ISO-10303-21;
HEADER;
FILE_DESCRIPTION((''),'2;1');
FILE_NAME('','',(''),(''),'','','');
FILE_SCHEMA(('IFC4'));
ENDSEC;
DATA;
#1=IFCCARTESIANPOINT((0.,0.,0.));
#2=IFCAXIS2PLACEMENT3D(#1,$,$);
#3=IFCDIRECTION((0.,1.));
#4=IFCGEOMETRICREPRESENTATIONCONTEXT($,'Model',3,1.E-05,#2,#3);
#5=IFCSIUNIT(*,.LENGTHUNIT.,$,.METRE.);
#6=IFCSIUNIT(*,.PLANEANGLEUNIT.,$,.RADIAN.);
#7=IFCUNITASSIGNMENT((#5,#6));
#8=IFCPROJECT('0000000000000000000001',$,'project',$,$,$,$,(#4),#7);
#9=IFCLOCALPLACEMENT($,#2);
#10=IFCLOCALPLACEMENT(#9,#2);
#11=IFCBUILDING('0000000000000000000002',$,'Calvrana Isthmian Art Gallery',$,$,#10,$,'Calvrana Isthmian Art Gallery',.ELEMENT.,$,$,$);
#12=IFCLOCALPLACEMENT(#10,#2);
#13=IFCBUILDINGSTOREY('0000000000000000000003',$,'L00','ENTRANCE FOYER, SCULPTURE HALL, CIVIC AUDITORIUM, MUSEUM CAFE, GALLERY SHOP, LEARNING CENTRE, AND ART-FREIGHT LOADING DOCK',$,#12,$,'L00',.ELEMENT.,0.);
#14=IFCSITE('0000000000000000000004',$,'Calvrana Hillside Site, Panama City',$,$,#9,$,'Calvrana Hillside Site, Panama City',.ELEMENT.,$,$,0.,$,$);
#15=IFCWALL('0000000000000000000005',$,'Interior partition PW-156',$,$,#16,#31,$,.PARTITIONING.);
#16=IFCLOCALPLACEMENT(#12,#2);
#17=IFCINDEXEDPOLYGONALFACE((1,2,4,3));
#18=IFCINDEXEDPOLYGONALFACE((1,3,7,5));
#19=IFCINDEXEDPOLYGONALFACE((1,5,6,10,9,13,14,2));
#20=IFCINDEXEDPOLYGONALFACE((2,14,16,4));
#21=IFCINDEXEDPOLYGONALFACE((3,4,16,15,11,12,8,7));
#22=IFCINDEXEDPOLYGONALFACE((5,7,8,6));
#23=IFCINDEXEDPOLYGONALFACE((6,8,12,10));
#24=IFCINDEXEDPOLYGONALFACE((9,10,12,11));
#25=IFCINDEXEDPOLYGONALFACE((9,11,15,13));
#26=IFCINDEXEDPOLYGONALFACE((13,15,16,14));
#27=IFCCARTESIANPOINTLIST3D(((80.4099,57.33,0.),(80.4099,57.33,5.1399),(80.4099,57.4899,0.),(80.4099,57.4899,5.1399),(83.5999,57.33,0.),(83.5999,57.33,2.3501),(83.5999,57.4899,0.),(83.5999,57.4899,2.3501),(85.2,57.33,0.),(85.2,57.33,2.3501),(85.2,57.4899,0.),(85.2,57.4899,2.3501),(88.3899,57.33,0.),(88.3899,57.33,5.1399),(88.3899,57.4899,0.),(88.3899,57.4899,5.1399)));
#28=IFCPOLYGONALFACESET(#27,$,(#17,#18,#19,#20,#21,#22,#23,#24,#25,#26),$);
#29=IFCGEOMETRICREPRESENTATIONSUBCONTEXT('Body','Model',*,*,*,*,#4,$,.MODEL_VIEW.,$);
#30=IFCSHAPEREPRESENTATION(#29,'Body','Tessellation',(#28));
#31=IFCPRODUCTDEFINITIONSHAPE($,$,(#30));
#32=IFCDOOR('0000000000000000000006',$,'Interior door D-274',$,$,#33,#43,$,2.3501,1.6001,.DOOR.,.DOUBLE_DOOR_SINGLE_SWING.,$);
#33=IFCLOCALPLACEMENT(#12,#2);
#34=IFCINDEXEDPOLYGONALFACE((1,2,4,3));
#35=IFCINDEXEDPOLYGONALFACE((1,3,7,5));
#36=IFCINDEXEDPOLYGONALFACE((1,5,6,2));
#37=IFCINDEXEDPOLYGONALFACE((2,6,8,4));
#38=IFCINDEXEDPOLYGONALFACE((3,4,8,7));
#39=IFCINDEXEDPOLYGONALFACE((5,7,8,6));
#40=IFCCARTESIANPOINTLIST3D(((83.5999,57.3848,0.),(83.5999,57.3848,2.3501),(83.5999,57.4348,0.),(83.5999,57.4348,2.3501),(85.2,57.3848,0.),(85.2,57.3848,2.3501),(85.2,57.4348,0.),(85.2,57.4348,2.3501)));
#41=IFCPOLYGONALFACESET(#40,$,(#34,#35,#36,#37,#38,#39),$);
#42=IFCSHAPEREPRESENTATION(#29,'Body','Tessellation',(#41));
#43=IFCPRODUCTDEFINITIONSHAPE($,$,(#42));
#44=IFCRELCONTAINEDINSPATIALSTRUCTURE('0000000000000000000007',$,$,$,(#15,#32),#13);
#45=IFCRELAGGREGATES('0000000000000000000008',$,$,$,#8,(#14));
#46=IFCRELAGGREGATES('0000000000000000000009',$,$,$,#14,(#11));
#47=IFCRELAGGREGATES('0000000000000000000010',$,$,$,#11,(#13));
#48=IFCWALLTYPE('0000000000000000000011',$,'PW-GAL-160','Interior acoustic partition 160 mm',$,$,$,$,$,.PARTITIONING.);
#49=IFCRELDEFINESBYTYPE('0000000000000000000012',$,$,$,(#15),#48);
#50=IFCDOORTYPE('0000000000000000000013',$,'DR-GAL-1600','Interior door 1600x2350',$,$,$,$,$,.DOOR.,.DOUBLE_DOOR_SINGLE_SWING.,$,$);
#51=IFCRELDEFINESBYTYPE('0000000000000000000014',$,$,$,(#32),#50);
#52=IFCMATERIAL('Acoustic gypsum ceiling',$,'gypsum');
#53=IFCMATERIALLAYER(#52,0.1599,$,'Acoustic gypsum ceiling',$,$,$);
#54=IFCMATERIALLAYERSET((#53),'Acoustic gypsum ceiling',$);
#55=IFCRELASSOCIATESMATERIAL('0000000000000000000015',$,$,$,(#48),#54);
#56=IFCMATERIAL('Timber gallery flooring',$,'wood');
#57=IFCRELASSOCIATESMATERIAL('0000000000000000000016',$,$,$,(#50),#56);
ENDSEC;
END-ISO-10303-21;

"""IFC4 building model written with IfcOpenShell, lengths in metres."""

from ifc_helpers import new_model, si_unit, direction, frame, frame_2d, origin, place, context, subcontext, project, spatial, rectangle, extrude, material, layer, layer_set, type_object, element, fill, save


model = new_model("IFC4")

# Units and contexts
model_context = context("Model", 3, precision=1e-05, world=origin(), true_north=direction((0.0, 1.0)))
body_context = subcontext(model_context, "Body", "Model", "MODEL_VIEW")
ifc_project = project(units=[si_unit("LENGTHUNIT", "METRE"), si_unit("PLANEANGLEUNIT", "RADIAN")], contexts=[model_context])

# Site, building, storey
site_placement = place(None, origin())
site = spatial("IfcSite", under=ifc_project, at=site_placement, Name="Calvrana Hillside Site, Panama City", LongName="Calvrana Hillside Site, Panama City", CompositionType="ELEMENT", RefElevation=0.0)
building_placement = place(site_placement, origin())
building = spatial("IfcBuilding", under=site, at=building_placement, Name="Calvrana Isthmian Art Gallery", LongName="Calvrana Isthmian Art Gallery", CompositionType="ELEMENT")
storey_placement = place(building_placement, origin())
storey = spatial("IfcBuildingStorey", under=building, at=storey_placement, Name="L00", Description="ENTRANCE FOYER, SCULPTURE HALL, CIVIC AUDITORIUM, MUSEUM CAFE, GALLERY SHOP, LEARNING CENTRE, AND ART-FREIGHT LOADING DOCK", LongName="L00", CompositionType="ELEMENT", Elevation=0.0)

# Shared definitions
ifc_material_1 = material(Name="Acoustic gypsum ceiling", Category="gypsum")
ifc_layer_1 = layer(ifc_material_1, 0.1599, Name="Acoustic gypsum ceiling")
ifc_layer_set_1 = layer_set([ifc_layer_1], Name="Acoustic gypsum ceiling")
wall_type = type_object("IfcWallType", Name="PW-GAL-160", Description="Interior acoustic partition 160 mm", PredefinedType="PARTITIONING", material=ifc_layer_set_1)

# Wall, opening, door
ifc_material_2 = material(Name="Timber gallery flooring", Category="wood")
wall_1_placement = place(storey_placement, frame((80.4099, 57.4099, 0.0), z_axis=(0.0, 0.0, 1.0), x_axis=(1.0, 0.0, 0.0)))
wall_1 = element("IfcWall", 1, at=wall_1_placement, inside=storey, type_object=wall_type, Name="Interior partition PW-156", PredefinedType="PARTITIONING", context=body_context, shape_type="SweptSolid", body=[
    extrude(rectangle(XDim=7.98, YDim=0.1599, at=frame_2d((3.99, 0.0))), origin(), (0.0, 0.0, 1.0), 5.1399),
])
opening_1_placement = place(wall_1_placement, frame((3.1899, 0.0, 0.0)))
opening_1 = element("IfcOpeningElement", 2, at=opening_1_placement, cuts=wall_1, PredefinedType="OPENING", context=body_context, shape_type="SweptSolid", body=[
    extrude(rectangle(XDim=1.6001, YDim=2.3501, at=frame_2d((0.8, 1.175))), frame((0.0, 0.0903, 0.0), z_axis=(0.0, -1.0, 0.0), x_axis=(1.0, 0.0, 0.0)), (0.0, 0.0, 1.0), 0.1804),
])
door_type_1 = type_object("IfcDoorType", Name="DR-GAL-1600", Description="Interior door 1600x2350", OperationType="DOUBLE_DOOR_SINGLE_SWING", PredefinedType="DOOR", material=ifc_material_2)
door_1_placement = place(opening_1_placement, origin())
door_1 = element("IfcDoor", 3, at=door_1_placement, inside=storey, type_object=door_type_1, Name="Interior door D-274", OperationType="DOUBLE_DOOR_SINGLE_SWING", OverallHeight=2.3501, OverallWidth=1.6001, PredefinedType="DOOR", context=body_context, shape_type="SweptSolid", body=[
    extrude(rectangle(XDim=1.6001, YDim=2.3501, at=frame_2d((0.8, 1.175))), frame((0.0, 0.0249, 0.0), z_axis=(0.0, -1.0, 0.0), x_axis=(1.0, 0.0, 0.0)), (0.0, 0.0, 1.0), 0.05),
])
fill(opening_1, door_1)

save(model, "model.ifc")
